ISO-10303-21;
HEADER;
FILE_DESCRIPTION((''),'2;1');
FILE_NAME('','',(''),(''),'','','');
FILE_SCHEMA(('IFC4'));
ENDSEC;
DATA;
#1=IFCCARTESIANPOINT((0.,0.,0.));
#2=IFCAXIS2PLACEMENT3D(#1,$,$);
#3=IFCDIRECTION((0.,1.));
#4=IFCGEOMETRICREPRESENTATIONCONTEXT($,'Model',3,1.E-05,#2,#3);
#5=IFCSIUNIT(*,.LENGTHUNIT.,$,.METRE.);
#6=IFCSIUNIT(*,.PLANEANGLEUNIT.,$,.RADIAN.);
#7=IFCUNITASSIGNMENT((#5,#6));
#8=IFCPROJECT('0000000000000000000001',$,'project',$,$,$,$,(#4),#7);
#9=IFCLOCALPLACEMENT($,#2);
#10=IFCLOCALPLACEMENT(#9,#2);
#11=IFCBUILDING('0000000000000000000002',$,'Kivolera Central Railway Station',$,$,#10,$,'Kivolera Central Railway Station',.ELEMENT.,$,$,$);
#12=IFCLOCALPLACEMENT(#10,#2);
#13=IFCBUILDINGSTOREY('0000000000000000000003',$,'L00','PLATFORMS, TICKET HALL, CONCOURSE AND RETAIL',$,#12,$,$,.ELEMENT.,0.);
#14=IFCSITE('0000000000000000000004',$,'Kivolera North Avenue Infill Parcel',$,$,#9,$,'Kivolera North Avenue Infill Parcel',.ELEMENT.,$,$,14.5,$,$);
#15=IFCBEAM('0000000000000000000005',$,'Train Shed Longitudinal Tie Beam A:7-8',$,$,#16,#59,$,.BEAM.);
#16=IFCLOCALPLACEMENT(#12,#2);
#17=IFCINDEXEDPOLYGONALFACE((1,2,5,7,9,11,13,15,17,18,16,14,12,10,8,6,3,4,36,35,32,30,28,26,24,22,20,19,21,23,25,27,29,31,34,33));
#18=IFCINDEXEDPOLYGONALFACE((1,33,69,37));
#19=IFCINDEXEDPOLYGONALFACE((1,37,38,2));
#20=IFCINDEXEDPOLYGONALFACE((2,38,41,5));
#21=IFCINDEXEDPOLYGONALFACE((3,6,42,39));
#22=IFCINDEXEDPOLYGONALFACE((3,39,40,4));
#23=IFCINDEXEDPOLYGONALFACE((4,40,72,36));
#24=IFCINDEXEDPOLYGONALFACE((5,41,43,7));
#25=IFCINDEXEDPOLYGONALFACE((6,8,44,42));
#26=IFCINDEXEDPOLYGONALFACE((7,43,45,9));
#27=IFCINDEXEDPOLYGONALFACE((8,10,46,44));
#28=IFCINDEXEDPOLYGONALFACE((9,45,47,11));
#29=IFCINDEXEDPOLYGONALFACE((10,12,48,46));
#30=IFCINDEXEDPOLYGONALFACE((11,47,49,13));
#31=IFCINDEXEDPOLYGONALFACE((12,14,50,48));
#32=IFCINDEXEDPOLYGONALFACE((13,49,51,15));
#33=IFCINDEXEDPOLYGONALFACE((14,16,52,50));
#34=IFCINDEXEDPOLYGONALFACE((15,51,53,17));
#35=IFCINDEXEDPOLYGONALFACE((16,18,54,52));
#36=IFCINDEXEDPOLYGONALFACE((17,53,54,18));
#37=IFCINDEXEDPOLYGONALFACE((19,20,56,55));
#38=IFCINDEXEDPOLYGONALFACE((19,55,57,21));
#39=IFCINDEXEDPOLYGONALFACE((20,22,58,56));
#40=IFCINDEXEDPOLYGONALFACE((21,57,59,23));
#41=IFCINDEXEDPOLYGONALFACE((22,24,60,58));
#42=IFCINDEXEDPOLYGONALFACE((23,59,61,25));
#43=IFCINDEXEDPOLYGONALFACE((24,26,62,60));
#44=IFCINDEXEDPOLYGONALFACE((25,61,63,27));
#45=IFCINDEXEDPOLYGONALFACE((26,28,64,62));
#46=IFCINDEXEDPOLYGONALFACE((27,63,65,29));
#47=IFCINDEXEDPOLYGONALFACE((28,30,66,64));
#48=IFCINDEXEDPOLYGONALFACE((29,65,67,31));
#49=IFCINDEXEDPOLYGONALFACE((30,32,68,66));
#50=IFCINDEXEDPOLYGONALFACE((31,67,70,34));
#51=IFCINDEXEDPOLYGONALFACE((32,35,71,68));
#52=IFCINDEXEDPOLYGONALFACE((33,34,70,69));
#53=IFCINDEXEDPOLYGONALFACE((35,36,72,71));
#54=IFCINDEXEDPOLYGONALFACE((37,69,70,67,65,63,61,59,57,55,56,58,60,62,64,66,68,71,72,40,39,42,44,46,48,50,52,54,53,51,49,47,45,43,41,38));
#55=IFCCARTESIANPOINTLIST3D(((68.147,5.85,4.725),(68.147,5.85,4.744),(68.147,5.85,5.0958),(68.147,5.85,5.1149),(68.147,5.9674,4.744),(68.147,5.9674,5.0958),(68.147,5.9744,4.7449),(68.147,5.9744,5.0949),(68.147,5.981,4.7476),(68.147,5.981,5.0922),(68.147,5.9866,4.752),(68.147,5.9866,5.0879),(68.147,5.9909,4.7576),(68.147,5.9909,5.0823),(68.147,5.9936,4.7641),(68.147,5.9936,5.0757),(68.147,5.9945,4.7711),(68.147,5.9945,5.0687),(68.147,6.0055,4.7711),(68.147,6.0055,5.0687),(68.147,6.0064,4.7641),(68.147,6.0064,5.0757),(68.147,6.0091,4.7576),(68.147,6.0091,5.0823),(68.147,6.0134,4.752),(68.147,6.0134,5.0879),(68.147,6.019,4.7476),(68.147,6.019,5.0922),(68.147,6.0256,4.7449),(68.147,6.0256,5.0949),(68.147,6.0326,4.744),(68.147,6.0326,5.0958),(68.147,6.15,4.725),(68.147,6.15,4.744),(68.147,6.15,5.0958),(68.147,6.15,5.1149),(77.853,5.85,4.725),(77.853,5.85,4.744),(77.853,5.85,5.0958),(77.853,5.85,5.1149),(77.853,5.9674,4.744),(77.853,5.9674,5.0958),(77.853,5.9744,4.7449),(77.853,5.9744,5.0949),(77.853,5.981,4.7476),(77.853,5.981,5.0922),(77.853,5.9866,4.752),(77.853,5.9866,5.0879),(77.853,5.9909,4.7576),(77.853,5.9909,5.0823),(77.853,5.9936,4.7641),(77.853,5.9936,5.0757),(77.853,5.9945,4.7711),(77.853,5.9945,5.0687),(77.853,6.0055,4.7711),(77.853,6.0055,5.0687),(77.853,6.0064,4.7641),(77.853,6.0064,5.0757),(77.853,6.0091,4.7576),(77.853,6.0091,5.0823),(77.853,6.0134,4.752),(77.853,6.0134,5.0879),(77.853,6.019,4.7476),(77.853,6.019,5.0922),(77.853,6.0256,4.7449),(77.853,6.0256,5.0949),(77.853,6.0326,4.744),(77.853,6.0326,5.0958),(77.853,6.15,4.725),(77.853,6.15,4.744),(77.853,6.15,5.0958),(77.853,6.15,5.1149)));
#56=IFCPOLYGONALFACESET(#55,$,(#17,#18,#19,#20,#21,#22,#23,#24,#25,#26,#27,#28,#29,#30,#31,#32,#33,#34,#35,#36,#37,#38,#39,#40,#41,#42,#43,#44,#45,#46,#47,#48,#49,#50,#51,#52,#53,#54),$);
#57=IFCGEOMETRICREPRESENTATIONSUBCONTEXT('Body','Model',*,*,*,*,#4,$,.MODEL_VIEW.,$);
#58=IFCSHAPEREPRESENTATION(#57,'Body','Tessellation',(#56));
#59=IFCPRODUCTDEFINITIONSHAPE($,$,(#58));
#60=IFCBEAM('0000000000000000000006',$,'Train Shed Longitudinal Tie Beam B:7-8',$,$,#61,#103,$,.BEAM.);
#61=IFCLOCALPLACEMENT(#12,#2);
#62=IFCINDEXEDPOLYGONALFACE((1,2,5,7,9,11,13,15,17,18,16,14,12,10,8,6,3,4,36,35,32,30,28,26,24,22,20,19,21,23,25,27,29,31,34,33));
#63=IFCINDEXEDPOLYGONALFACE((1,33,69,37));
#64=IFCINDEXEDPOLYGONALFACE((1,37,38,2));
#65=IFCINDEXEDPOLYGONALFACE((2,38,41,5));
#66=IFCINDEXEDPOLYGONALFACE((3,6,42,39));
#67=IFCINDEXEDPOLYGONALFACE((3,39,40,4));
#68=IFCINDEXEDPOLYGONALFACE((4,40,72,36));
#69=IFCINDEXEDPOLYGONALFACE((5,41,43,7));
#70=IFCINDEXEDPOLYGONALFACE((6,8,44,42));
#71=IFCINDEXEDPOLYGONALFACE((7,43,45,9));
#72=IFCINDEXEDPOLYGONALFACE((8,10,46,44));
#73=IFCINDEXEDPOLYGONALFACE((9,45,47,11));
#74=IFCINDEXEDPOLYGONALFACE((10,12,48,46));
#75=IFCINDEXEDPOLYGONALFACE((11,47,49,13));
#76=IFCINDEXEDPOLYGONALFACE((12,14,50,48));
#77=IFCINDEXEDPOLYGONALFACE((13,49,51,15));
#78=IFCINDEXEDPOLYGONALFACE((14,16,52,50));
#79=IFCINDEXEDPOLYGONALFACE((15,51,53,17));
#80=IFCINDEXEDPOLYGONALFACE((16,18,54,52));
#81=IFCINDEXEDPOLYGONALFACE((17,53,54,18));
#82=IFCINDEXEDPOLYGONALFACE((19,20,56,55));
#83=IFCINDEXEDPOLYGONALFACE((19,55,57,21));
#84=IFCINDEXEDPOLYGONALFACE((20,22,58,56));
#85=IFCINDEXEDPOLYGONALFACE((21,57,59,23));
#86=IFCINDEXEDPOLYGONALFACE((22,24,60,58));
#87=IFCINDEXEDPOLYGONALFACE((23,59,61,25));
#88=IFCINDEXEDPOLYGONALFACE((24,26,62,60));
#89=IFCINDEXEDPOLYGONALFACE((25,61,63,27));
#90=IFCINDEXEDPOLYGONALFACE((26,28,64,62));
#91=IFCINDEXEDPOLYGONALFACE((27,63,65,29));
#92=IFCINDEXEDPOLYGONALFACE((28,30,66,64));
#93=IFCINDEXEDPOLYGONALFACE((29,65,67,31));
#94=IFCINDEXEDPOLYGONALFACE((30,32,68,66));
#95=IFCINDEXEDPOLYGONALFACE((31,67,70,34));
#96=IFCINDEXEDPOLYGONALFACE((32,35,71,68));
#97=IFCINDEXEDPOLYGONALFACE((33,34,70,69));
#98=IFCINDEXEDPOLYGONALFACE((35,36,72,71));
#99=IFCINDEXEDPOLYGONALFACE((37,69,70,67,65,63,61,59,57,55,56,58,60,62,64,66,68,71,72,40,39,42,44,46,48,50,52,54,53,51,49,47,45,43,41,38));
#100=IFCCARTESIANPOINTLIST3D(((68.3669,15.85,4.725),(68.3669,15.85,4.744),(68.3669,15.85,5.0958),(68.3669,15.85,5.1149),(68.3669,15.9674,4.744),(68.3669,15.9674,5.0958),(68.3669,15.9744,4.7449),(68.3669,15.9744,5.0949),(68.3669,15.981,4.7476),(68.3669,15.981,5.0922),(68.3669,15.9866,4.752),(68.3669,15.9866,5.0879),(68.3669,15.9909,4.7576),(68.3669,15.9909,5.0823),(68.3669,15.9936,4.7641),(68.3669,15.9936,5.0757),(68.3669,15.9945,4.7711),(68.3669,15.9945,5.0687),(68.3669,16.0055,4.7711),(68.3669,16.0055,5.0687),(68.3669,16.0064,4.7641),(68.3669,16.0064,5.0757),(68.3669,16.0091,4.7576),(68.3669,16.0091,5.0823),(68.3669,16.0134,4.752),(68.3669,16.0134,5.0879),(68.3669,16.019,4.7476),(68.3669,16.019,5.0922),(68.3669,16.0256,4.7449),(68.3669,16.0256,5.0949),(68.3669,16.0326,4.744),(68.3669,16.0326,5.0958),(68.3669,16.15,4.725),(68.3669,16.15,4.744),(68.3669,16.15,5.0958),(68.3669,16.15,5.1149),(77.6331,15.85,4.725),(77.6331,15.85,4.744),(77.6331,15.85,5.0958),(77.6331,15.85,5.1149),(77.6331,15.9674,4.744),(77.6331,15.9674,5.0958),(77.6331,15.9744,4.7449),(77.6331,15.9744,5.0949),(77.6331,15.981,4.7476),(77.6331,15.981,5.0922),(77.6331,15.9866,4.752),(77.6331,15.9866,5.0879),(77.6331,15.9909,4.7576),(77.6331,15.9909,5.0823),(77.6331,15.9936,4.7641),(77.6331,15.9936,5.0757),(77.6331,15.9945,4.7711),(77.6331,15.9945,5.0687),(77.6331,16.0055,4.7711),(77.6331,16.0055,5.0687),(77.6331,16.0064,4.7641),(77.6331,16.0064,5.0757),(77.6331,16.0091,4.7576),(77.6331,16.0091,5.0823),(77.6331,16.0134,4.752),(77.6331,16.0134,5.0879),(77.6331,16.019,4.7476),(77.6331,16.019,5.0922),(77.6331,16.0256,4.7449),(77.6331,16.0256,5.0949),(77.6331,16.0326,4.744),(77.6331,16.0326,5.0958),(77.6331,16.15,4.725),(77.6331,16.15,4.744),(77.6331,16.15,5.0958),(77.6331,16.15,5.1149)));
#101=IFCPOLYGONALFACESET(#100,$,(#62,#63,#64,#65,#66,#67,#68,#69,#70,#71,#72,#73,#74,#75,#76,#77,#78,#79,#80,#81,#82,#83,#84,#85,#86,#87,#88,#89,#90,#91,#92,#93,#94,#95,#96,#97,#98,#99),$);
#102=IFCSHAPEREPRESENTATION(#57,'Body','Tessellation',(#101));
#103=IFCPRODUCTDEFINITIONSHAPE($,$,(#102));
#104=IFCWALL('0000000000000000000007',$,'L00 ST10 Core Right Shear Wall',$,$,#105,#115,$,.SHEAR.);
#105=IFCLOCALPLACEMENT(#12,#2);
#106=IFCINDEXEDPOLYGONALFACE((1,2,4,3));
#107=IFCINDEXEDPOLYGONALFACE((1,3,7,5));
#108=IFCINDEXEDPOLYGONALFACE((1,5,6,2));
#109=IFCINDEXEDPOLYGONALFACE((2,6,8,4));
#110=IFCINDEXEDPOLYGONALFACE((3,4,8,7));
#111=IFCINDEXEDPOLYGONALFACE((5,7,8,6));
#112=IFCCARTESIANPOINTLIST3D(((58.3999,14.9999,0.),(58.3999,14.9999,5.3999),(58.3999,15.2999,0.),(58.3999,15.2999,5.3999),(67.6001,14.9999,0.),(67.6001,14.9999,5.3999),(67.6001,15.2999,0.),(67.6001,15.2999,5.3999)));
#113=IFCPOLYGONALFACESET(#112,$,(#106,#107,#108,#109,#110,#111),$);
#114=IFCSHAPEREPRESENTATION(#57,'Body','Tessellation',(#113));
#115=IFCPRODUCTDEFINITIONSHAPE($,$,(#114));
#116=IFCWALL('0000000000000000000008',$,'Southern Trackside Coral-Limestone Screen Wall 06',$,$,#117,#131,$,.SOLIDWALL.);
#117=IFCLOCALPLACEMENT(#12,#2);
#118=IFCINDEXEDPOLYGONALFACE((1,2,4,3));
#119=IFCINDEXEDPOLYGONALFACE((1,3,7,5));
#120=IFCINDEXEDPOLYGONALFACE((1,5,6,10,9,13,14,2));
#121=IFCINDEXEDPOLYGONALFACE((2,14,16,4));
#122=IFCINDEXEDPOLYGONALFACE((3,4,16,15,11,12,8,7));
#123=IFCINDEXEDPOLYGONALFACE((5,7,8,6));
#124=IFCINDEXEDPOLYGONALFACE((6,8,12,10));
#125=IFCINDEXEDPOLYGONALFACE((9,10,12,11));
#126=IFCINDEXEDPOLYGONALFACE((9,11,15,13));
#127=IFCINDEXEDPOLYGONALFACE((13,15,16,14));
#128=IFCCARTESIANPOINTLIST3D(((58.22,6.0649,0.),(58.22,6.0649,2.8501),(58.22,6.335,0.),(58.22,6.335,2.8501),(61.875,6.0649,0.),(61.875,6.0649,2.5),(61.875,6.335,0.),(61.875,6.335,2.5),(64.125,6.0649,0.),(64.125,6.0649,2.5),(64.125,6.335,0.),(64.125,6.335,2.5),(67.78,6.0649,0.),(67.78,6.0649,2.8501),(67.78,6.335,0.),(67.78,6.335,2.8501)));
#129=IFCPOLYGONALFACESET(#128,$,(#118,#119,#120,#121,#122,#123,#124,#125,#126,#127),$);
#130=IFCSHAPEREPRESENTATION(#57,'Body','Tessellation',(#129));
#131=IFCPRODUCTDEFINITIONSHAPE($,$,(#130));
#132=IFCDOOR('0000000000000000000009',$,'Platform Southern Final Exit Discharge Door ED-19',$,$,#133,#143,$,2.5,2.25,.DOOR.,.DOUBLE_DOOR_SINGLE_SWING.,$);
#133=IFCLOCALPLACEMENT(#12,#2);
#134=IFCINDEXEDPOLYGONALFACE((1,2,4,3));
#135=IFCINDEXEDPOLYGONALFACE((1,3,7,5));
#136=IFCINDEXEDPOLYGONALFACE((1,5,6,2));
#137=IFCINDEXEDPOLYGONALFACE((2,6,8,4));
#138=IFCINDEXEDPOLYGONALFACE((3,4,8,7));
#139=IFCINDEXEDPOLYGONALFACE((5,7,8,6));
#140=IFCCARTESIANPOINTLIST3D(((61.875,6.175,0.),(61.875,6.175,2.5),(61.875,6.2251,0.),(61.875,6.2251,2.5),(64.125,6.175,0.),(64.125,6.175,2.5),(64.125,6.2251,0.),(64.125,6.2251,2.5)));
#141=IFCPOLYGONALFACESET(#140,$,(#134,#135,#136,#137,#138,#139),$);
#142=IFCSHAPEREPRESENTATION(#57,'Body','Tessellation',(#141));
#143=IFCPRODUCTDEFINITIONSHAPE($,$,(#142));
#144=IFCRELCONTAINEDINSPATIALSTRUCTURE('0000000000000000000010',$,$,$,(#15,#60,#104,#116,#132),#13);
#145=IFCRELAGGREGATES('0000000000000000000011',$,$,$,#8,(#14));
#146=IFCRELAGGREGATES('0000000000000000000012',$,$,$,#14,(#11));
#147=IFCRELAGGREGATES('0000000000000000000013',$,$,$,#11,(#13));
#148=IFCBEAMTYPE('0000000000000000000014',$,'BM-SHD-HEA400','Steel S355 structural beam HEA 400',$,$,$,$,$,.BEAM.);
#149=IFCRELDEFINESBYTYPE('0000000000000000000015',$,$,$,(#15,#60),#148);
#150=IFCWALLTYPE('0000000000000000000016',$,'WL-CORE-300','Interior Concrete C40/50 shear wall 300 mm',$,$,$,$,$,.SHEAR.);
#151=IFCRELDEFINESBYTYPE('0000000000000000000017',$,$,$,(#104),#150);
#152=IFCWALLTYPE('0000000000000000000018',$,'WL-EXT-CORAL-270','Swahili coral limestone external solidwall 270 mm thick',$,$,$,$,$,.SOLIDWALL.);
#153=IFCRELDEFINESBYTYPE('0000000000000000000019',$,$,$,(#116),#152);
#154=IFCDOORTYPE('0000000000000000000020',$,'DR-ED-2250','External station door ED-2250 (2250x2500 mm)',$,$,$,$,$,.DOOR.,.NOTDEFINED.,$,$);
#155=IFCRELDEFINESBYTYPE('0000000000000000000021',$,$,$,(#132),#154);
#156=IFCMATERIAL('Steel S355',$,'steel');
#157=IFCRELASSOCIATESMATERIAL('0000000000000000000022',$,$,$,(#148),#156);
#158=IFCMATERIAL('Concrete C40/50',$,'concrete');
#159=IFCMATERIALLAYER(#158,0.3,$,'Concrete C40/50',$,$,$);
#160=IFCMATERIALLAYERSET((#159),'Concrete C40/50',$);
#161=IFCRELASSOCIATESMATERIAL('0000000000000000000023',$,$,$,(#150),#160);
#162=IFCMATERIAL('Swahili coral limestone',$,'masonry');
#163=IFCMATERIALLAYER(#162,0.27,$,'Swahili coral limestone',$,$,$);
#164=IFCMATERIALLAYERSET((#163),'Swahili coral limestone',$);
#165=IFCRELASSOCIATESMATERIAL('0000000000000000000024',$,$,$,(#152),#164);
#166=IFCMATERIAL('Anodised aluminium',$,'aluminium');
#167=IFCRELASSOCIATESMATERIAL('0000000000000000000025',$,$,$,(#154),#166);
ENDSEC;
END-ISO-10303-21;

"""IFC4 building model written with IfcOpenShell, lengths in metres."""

from ifc_helpers import new_model, si_unit, direction, frame, frame_2d, origin, origin_2d, place, context, subcontext, project, spatial, rectangle, i_section, extrude, material, layer, layer_set, material_profile, profile_set, type_object, element, fill, save


model = new_model("IFC4")

# Units and contexts
model_context = context("Model", 3, precision=1e-05, world=origin(), true_north=direction((0.0, 1.0)))
body_context = subcontext(model_context, "Body", "Model", "MODEL_VIEW")
ifc_project = project(units=[si_unit("LENGTHUNIT", "METRE"), si_unit("PLANEANGLEUNIT", "RADIAN")], contexts=[model_context])

# Site, building, storey
site_placement = place(None, origin())
site = spatial("IfcSite", under=ifc_project, at=site_placement, Name="Kivolera North Avenue Infill Parcel", LongName="Kivolera North Avenue Infill Parcel", CompositionType="ELEMENT", RefElevation=14.5)
building_placement = place(site_placement, origin())
building = spatial("IfcBuilding", under=site, at=building_placement, Name="Kivolera Central Railway Station", LongName="Kivolera Central Railway Station", CompositionType="ELEMENT")
storey_placement = place(building_placement, origin())
storey = spatial("IfcBuildingStorey", under=building, at=storey_placement, Name="L00", Description="PLATFORMS, TICKET HALL, CONCOURSE AND RETAIL", CompositionType="ELEMENT", Elevation=0.0)

# Shared definitions
ifc_material_1 = material(Name="Concrete C40/50", Category="concrete")
ifc_material_2 = material(Name="Steel S355", Category="steel")

# Beams
ifc_material_profile_1 = material_profile(ifc_material_2, i_section(OverallWidth=0.3, OverallDepth=0.3899, WebThickness=0.011, FlangeThickness=0.019, FilletRadius=0.0271, at=origin_2d()), Name="HEA 400")
ifc_profile_set_1 = profile_set([ifc_material_profile_1], Name="Steel S355")
beam_type = type_object("IfcBeamType", Name="BM-SHD-HEA400", Description="Steel S355 structural beam HEA 400", PredefinedType="BEAM", material=ifc_profile_set_1)
beam_1_placement = place(storey_placement, frame((68.147, 6.0, 4.9199), z_axis=(1.0, 0.0, 0.0), x_axis=(0.0, 1.0, 0.0)))
element("IfcBeam", 1, at=beam_1_placement, inside=storey, type_object=beam_type, Name="Train Shed Longitudinal Tie Beam A:7-8", PredefinedType="BEAM", context=body_context, shape_type="SweptSolid", body=[
    extrude(i_section(OverallWidth=0.3, OverallDepth=0.3899, WebThickness=0.011, FlangeThickness=0.019, FilletRadius=0.0271, at=origin_2d()), origin(), (0.0, 0.0, 1.0), 9.7061),
])
beam_2_placement = place(storey_placement, frame((68.3669, 16.0, 4.9199), z_axis=(1.0, 0.0, 0.0), x_axis=(0.0, 1.0, 0.0)))
element("IfcBeam", 2, at=beam_2_placement, inside=storey, type_object=beam_type, Name="Train Shed Longitudinal Tie Beam B:7-8", PredefinedType="BEAM", context=body_context, shape_type="SweptSolid", body=[
    extrude(i_section(OverallWidth=0.3, OverallDepth=0.3899, WebThickness=0.011, FlangeThickness=0.019, FilletRadius=0.0271, at=origin_2d()), origin(), (0.0, 0.0, 1.0), 9.2661),
])

# Wall
ifc_layer_1 = layer(ifc_material_1, 0.3, Name="Concrete C40/50")
ifc_layer_set_1 = layer_set([ifc_layer_1], Name="Concrete C40/50")
wall_type_1 = type_object("IfcWallType", Name="WL-CORE-300", Description="Interior Concrete C40/50 shear wall 300 mm", PredefinedType="SHEAR", material=ifc_layer_set_1)
wall_1_placement = place(storey_placement, frame((67.6001, 15.1499, 0.0), z_axis=(0.0, 0.0, 1.0), x_axis=(-1.0, 0.0, 0.0)))
element("IfcWall", 3, at=wall_1_placement, inside=storey, type_object=wall_type_1, Name="L00 ST10 Core Right Shear Wall", PredefinedType="SHEAR", context=body_context, shape_type="SweptSolid", body=[
    extrude(rectangle(XDim=9.2002, YDim=0.3, at=frame_2d((4.6001, 0.0))), origin(), (0.0, 0.0, 1.0), 5.3999),
])

# Wall, opening, door
ifc_material_3 = material(Name="Swahili coral limestone", Category="masonry")
ifc_layer_2 = layer(ifc_material_3, 0.27, Name="Swahili coral limestone")
ifc_layer_set_2 = layer_set([ifc_layer_2], Name="Swahili coral limestone")
wall_type_2 = type_object("IfcWallType", Name="WL-EXT-CORAL-270", Description="Swahili coral limestone external solidwall 270 mm thick", PredefinedType="SOLIDWALL", material=ifc_layer_set_2)
wall_2_placement = place(storey_placement, frame((67.78, 6.2, 0.0), z_axis=(0.0, 0.0, 1.0), x_axis=(-1.0, 0.0, 0.0)))
wall_2 = element("IfcWall", 4, at=wall_2_placement, inside=storey, type_object=wall_type_2, Name="Southern Trackside Coral-Limestone Screen Wall 06", PredefinedType="SOLIDWALL", context=body_context, shape_type="SweptSolid", body=[
    extrude(rectangle(XDim=9.5601, YDim=0.27, at=frame_2d((4.78, 0.0))), origin(), (0.0, 0.0, 1.0), 2.8501),
])
opening_placement = place(wall_2_placement, frame((3.655, 0.0, 0.0)))
opening = element("IfcOpeningElement", 5, at=opening_placement, cuts=wall_2, PredefinedType="OPENING", context=body_context, shape_type="SweptSolid", body=[
    extrude(rectangle(XDim=2.25, YDim=2.5, at=frame_2d((1.125, 1.25))), frame((0.0, 0.145, 0.0), z_axis=(0.0, -1.0, 0.0), x_axis=(1.0, 0.0, 0.0)), (0.0, 0.0, 1.0), 0.29),
])
ifc_material_4 = material(Name="Anodised aluminium", Category="aluminium")
door_type = type_object("IfcDoorType", Name="DR-ED-2250", Description="External station door ED-2250 (2250x2500 mm)", OperationType="NOTDEFINED", PredefinedType="DOOR", material=ifc_material_4)
door_placement = place(opening_placement, origin())
door = element("IfcDoor", 6, at=door_placement, inside=storey, type_object=door_type, Name="Platform Southern Final Exit Discharge Door ED-19", OperationType="DOUBLE_DOOR_SINGLE_SWING", OverallHeight=2.5, OverallWidth=2.25, PredefinedType="DOOR", context=body_context, shape_type="SweptSolid", body=[
    extrude(rectangle(XDim=2.25, YDim=2.5, at=frame_2d((1.125, 1.25))), frame((0.0, 0.0249, 0.0), z_axis=(0.0, -1.0, 0.0), x_axis=(1.0, 0.0, 0.0)), (0.0, 0.0, 1.0), 0.05),
])
fill(opening, door)

save(model, "model.ifc")
